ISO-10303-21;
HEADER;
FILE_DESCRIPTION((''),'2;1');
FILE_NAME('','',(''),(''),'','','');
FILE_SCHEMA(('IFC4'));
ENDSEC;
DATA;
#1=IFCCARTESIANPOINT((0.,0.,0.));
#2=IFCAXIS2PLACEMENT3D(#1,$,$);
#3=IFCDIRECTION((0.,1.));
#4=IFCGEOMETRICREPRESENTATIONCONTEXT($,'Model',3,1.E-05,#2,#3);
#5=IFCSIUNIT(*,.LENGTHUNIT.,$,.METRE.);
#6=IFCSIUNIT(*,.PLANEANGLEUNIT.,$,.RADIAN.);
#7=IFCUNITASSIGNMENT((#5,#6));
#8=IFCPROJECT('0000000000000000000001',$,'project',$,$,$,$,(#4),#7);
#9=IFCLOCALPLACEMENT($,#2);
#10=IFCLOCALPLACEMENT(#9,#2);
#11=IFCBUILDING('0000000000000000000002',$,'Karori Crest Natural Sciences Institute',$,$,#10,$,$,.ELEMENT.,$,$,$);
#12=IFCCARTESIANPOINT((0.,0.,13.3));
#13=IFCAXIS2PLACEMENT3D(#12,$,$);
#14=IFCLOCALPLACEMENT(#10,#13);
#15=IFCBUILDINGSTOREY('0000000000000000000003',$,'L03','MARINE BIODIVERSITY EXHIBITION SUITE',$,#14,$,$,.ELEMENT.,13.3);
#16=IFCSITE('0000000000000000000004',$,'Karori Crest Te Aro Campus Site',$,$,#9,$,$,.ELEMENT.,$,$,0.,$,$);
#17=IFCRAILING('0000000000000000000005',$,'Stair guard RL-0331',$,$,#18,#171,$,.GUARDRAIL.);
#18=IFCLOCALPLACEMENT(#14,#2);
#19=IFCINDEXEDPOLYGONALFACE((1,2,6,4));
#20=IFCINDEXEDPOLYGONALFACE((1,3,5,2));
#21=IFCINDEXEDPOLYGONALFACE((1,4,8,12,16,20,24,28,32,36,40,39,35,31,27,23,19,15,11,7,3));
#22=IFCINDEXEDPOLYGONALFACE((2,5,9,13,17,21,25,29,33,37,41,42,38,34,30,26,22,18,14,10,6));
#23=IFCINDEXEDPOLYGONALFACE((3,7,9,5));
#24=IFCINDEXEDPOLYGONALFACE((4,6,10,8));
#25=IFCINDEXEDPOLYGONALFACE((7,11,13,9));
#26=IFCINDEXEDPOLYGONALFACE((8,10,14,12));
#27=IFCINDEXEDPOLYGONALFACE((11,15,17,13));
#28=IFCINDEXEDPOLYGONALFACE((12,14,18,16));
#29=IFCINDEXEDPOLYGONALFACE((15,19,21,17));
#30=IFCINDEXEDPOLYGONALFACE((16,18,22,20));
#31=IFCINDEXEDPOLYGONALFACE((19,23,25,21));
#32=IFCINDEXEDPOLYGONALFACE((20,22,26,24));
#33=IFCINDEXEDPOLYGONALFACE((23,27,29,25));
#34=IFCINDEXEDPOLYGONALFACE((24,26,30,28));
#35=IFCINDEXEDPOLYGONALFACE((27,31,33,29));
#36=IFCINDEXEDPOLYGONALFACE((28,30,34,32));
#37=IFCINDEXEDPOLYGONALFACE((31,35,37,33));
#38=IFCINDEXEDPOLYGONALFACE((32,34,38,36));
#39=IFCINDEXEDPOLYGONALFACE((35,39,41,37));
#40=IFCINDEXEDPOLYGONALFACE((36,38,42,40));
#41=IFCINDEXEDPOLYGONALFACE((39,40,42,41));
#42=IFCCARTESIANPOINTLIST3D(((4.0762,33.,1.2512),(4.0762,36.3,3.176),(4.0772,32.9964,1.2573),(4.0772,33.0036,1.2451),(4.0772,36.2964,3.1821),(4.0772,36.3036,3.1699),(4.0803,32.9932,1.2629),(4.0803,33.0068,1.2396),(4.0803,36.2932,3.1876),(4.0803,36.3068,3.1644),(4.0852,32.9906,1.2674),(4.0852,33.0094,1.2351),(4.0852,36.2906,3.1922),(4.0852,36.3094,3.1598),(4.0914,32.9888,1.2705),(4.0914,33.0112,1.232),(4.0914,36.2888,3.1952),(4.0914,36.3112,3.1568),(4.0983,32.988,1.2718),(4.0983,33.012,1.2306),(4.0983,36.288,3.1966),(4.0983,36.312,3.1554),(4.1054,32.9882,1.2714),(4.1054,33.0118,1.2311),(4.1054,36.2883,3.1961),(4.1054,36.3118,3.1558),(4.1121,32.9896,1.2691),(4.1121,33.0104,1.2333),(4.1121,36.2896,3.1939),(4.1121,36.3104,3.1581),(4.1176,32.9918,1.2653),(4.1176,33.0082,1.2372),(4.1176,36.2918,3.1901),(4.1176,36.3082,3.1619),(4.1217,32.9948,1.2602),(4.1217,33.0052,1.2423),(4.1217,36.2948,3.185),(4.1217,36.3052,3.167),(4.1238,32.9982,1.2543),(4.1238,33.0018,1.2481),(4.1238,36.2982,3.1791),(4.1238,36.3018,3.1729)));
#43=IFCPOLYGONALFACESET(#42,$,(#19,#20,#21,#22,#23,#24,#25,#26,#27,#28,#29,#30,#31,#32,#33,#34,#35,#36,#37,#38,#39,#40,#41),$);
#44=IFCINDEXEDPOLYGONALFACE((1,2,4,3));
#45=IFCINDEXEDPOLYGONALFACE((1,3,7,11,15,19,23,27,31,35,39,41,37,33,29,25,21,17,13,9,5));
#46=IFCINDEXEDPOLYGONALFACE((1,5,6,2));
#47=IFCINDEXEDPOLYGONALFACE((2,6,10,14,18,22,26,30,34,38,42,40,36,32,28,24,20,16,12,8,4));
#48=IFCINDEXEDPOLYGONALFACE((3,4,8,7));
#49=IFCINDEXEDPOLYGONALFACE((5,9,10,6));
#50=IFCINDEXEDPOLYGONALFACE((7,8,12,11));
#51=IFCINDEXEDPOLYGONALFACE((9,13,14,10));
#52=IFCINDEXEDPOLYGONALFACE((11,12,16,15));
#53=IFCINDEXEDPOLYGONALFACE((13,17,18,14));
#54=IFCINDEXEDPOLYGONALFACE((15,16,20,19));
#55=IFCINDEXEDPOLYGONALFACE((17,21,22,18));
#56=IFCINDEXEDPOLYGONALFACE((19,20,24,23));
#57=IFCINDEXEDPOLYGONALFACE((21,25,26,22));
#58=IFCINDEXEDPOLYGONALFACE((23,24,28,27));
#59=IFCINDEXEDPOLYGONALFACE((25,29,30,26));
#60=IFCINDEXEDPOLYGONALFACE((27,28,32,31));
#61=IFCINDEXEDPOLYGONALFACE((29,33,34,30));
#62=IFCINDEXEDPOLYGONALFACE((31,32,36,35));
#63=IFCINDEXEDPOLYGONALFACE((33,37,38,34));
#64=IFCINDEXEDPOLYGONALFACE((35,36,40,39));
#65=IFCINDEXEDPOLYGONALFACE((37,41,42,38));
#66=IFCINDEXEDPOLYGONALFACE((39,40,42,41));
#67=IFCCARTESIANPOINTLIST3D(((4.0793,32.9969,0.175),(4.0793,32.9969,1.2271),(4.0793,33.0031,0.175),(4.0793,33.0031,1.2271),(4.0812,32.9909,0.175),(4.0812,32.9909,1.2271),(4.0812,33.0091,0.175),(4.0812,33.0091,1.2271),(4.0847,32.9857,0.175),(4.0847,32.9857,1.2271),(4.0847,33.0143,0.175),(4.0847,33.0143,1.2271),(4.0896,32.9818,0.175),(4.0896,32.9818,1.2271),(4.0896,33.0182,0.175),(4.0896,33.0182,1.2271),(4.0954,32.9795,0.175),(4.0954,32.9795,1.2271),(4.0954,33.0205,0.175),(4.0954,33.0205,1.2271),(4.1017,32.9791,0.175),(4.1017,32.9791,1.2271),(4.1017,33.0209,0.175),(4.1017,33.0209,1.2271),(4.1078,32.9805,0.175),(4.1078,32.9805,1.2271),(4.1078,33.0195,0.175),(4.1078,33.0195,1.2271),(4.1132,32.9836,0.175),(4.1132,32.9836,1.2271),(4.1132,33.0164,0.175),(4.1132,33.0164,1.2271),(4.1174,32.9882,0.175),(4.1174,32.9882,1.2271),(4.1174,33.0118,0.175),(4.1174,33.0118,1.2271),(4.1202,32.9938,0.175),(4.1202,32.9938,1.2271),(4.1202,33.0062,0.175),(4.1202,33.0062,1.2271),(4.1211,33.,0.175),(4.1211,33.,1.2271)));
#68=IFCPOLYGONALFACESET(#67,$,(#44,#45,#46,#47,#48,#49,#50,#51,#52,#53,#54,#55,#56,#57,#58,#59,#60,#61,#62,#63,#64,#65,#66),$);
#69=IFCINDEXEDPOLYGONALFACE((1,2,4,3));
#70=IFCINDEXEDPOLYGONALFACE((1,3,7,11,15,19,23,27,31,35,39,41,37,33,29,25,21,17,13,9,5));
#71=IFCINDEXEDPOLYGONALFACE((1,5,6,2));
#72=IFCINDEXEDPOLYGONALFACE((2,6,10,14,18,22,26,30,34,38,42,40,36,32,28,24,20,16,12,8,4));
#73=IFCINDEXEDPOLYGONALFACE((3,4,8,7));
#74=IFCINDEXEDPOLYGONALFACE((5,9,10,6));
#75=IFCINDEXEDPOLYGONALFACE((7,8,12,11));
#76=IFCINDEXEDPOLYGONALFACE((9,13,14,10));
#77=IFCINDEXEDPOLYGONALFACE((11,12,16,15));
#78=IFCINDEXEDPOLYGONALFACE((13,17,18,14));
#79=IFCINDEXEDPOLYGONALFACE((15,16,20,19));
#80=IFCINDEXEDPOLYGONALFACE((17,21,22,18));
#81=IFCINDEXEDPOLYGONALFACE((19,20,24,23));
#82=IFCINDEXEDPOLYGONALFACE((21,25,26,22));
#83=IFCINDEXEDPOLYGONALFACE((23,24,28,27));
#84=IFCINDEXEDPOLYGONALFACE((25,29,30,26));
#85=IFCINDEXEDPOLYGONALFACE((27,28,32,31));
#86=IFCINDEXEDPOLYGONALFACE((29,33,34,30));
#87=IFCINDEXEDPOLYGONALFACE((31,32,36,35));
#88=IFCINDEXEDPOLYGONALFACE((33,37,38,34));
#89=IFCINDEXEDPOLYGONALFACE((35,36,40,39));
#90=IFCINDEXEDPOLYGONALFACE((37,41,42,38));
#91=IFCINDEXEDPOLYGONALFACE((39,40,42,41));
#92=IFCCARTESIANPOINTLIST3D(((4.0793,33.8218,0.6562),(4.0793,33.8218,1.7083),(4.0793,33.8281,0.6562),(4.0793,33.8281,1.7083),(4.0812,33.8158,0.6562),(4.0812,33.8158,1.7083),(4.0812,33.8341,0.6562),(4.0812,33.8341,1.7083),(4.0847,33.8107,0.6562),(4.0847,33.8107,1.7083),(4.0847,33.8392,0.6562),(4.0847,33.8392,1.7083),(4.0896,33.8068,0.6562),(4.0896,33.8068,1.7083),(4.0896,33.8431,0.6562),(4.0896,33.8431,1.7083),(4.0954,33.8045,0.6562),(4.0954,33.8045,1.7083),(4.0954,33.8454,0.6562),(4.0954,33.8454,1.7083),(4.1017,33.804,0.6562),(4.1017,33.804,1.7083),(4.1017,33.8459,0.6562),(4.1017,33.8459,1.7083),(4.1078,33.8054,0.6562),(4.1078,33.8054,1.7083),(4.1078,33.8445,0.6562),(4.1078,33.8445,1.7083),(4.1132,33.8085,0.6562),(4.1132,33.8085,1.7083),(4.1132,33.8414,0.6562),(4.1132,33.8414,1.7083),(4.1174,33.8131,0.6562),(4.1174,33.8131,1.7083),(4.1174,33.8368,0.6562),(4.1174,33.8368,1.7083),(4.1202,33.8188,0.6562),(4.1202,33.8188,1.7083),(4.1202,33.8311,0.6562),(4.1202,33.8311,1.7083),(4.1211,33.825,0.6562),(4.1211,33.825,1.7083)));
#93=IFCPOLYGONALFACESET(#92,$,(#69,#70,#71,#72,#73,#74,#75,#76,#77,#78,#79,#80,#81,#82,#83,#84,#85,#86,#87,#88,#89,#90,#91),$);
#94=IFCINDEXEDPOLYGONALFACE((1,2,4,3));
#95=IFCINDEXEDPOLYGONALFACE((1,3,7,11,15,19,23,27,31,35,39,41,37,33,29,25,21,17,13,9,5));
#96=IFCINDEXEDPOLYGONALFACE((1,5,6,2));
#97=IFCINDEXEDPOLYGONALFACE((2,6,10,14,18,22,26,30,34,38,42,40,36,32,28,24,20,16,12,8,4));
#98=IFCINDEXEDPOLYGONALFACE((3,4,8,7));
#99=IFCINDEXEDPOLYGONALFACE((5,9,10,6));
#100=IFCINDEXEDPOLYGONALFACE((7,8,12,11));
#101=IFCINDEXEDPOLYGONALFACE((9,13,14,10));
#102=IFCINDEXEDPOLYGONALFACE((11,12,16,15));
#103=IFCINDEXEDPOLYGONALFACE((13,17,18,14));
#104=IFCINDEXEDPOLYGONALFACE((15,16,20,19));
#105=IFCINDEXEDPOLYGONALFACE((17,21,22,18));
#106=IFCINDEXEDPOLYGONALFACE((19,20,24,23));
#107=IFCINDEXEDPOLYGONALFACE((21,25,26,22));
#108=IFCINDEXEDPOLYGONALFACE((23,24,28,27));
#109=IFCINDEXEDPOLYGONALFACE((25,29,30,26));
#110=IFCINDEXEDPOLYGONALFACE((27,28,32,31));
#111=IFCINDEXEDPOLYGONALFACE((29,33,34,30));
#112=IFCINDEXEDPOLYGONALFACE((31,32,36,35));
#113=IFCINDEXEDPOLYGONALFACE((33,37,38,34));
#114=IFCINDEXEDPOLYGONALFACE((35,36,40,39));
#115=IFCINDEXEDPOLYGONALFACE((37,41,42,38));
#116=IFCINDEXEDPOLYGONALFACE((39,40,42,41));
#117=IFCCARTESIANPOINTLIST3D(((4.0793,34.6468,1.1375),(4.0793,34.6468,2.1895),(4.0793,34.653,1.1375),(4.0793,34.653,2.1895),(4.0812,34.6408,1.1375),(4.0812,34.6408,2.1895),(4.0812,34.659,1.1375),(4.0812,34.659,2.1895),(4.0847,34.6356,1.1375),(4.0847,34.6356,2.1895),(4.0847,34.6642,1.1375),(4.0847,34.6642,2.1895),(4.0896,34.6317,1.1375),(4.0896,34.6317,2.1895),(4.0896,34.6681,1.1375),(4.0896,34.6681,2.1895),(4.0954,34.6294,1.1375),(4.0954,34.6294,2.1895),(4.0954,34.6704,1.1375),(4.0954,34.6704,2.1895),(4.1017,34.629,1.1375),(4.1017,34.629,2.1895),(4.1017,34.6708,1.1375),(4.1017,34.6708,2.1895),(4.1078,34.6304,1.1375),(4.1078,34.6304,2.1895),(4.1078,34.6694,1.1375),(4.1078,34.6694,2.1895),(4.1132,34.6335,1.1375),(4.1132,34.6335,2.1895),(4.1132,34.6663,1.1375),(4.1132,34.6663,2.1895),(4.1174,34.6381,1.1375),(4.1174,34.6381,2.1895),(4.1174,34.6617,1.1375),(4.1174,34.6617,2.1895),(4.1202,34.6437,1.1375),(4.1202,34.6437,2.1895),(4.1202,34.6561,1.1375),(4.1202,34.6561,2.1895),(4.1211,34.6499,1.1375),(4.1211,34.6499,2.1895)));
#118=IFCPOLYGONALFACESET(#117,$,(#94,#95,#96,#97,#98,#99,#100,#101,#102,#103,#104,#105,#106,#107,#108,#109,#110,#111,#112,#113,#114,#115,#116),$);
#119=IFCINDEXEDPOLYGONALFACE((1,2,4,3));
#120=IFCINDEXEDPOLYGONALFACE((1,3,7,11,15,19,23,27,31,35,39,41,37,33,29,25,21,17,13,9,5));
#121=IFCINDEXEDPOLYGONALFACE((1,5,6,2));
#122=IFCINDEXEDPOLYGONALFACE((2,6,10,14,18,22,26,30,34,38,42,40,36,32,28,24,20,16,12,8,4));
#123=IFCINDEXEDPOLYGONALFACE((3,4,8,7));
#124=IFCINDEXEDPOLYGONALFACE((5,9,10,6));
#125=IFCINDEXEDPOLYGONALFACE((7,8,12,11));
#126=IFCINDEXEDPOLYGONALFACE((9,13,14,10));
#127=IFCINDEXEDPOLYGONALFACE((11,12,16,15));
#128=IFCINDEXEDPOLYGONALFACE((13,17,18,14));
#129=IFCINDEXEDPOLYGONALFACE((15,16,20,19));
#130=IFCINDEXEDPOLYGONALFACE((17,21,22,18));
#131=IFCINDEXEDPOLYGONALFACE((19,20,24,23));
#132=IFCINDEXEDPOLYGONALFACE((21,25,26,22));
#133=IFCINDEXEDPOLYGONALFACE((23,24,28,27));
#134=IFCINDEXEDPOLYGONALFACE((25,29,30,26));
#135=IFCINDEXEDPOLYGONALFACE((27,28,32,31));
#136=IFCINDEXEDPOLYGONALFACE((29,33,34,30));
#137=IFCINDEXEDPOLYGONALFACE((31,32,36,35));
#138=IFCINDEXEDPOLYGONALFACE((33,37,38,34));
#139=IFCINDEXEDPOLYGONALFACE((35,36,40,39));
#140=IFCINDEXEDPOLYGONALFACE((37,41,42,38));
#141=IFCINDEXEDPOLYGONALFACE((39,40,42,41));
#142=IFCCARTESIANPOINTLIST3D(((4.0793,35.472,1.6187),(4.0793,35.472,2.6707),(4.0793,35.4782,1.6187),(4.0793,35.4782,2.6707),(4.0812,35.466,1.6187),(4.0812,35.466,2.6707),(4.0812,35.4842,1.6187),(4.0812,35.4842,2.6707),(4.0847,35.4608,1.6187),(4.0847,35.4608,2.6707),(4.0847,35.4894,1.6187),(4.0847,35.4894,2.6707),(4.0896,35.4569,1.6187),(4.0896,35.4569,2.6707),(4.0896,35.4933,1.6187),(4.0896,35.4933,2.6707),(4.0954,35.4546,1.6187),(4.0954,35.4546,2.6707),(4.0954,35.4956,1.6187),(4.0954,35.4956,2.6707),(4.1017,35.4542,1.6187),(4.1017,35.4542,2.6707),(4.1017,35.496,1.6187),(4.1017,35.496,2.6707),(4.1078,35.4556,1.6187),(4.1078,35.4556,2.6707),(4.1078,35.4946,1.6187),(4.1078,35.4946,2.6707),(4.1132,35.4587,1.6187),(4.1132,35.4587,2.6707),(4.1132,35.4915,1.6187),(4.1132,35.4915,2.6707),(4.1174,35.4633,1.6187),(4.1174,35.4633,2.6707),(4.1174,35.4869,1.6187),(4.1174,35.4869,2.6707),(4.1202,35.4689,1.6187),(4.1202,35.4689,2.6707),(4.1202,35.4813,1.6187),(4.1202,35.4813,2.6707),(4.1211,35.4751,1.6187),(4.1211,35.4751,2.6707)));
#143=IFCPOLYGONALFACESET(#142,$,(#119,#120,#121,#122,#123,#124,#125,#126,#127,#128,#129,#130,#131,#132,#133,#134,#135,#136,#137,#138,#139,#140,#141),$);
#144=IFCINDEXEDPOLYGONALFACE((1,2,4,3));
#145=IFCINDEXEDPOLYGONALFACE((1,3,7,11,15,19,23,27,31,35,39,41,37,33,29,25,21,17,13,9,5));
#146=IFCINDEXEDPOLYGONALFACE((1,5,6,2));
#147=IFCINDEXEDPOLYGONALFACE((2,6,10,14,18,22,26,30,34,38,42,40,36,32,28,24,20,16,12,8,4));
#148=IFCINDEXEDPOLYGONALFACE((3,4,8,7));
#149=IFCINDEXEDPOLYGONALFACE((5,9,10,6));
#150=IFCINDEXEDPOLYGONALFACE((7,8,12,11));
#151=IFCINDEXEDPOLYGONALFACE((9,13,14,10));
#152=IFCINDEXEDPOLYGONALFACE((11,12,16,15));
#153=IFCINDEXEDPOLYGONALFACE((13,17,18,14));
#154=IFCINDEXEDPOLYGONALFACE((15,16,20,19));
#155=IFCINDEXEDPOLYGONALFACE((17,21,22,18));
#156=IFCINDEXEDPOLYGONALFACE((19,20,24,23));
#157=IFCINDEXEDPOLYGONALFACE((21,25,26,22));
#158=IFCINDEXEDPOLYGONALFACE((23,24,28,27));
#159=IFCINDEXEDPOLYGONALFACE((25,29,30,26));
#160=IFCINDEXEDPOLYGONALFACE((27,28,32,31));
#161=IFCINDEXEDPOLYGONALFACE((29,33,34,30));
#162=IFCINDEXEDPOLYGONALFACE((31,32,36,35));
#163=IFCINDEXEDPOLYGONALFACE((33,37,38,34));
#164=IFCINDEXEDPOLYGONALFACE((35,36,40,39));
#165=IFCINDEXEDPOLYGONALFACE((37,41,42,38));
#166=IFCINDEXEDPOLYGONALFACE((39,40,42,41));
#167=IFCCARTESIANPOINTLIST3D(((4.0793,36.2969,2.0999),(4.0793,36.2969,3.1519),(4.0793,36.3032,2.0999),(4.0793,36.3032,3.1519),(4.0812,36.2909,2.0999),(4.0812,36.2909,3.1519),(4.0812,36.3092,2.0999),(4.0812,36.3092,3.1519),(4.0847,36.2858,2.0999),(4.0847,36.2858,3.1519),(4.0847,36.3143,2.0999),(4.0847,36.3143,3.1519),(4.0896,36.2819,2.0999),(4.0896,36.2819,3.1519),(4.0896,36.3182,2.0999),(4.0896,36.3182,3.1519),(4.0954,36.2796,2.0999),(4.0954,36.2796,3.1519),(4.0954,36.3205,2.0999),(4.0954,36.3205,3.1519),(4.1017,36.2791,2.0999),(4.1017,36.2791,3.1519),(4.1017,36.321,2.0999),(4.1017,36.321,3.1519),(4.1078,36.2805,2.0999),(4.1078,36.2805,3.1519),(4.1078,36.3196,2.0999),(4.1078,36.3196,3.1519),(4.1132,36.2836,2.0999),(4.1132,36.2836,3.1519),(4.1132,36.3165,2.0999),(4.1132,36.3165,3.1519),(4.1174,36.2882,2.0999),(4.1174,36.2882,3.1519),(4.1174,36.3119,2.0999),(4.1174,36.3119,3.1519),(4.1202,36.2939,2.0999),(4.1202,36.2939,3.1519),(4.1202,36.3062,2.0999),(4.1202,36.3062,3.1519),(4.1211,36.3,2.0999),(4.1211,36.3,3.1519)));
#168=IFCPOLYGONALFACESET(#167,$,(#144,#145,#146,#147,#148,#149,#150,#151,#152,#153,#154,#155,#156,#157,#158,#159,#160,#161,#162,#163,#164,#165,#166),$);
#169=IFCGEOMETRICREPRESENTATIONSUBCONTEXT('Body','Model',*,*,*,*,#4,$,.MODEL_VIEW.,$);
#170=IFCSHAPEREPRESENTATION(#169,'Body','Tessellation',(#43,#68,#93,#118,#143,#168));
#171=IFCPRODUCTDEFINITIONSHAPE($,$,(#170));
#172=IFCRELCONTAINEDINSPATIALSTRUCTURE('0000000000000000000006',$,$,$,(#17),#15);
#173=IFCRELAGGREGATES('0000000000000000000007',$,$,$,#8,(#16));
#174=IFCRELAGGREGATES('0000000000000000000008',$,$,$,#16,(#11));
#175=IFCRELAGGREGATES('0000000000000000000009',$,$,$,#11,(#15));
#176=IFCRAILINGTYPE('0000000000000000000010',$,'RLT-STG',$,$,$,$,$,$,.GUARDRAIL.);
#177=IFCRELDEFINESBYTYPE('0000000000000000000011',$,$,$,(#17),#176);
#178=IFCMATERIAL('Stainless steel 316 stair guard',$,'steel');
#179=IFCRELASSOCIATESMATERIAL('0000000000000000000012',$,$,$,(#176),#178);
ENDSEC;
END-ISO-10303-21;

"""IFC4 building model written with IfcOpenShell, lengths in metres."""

from ifc_helpers import new_model, si_unit, direction, frame, origin, origin_2d, place, context, subcontext, project, spatial, circle, extrude, material, type_object, element, save


model = new_model("IFC4")

# Units and contexts
model_context = context("Model", 3, precision=1e-05, world=origin(), true_north=direction((0.0, 1.0)))
body_context = subcontext(model_context, "Body", "Model", "MODEL_VIEW")
ifc_project = project(units=[si_unit("LENGTHUNIT", "METRE"), si_unit("PLANEANGLEUNIT", "RADIAN")], contexts=[model_context])

# Site, building, storey
site_placement = place(None, origin())
site = spatial("IfcSite", under=ifc_project, at=site_placement, Name="Karori Crest Te Aro Campus Site", CompositionType="ELEMENT", RefElevation=0.0)
building_placement = place(site_placement, origin())
building = spatial("IfcBuilding", under=site, at=building_placement, Name="Karori Crest Natural Sciences Institute", CompositionType="ELEMENT")
storey_placement = place(building_placement, frame((0.0, 0.0, 13.3)))
storey = spatial("IfcBuildingStorey", under=building, at=storey_placement, Name="L03", Description="MARINE BIODIVERSITY EXHIBITION SUITE", CompositionType="ELEMENT", Elevation=13.3)

# Railing
ifc_material_1 = material(Name="Stainless steel 316 stair guard", Category="steel")
railing_type_1 = type_object("IfcRailingType", Name="RLT-STG", PredefinedType="GUARDRAIL", material=ifc_material_1)
railing_1_placement = place(storey_placement, frame((4.1001, 33.0, 0.175)))
element("IfcRailing", 1, at=railing_1_placement, inside=storey, type_object=railing_type_1, Name="Stair guard RL-0331", PredefinedType="GUARDRAIL", context=body_context, shape_type="SweptSolid", body=[
    extrude(circle(Radius=0.0239, at=origin_2d()), frame((0.0, 0.0, 1.0762), z_axis=(0.0, 0.863804, 0.503827), x_axis=(-1.0, 0.0, 0.0)), (0.0, 0.0, 1.0), 3.8203),
    extrude(circle(Radius=0.021, at=origin_2d()), origin(), (0.0, 0.0, 1.0), 1.052),
    extrude(circle(Radius=0.021, at=origin_2d()), frame((0.0, 0.825, 0.4812)), (0.0, 0.0, 1.0), 1.052),
    extrude(circle(Radius=0.021, at=origin_2d()), frame((0.0, 1.6499, 0.9624)), (0.0, 0.0, 1.0), 1.052),
    extrude(circle(Radius=0.021, at=origin_2d()), frame((0.0, 2.4751, 1.4436)), (0.0, 0.0, 1.0), 1.052),
    extrude(circle(Radius=0.021, at=origin_2d()), frame((0.0, 3.3, 1.9248)), (0.0, 0.0, 1.0), 1.052),
])

save(model, "model.ifc")
